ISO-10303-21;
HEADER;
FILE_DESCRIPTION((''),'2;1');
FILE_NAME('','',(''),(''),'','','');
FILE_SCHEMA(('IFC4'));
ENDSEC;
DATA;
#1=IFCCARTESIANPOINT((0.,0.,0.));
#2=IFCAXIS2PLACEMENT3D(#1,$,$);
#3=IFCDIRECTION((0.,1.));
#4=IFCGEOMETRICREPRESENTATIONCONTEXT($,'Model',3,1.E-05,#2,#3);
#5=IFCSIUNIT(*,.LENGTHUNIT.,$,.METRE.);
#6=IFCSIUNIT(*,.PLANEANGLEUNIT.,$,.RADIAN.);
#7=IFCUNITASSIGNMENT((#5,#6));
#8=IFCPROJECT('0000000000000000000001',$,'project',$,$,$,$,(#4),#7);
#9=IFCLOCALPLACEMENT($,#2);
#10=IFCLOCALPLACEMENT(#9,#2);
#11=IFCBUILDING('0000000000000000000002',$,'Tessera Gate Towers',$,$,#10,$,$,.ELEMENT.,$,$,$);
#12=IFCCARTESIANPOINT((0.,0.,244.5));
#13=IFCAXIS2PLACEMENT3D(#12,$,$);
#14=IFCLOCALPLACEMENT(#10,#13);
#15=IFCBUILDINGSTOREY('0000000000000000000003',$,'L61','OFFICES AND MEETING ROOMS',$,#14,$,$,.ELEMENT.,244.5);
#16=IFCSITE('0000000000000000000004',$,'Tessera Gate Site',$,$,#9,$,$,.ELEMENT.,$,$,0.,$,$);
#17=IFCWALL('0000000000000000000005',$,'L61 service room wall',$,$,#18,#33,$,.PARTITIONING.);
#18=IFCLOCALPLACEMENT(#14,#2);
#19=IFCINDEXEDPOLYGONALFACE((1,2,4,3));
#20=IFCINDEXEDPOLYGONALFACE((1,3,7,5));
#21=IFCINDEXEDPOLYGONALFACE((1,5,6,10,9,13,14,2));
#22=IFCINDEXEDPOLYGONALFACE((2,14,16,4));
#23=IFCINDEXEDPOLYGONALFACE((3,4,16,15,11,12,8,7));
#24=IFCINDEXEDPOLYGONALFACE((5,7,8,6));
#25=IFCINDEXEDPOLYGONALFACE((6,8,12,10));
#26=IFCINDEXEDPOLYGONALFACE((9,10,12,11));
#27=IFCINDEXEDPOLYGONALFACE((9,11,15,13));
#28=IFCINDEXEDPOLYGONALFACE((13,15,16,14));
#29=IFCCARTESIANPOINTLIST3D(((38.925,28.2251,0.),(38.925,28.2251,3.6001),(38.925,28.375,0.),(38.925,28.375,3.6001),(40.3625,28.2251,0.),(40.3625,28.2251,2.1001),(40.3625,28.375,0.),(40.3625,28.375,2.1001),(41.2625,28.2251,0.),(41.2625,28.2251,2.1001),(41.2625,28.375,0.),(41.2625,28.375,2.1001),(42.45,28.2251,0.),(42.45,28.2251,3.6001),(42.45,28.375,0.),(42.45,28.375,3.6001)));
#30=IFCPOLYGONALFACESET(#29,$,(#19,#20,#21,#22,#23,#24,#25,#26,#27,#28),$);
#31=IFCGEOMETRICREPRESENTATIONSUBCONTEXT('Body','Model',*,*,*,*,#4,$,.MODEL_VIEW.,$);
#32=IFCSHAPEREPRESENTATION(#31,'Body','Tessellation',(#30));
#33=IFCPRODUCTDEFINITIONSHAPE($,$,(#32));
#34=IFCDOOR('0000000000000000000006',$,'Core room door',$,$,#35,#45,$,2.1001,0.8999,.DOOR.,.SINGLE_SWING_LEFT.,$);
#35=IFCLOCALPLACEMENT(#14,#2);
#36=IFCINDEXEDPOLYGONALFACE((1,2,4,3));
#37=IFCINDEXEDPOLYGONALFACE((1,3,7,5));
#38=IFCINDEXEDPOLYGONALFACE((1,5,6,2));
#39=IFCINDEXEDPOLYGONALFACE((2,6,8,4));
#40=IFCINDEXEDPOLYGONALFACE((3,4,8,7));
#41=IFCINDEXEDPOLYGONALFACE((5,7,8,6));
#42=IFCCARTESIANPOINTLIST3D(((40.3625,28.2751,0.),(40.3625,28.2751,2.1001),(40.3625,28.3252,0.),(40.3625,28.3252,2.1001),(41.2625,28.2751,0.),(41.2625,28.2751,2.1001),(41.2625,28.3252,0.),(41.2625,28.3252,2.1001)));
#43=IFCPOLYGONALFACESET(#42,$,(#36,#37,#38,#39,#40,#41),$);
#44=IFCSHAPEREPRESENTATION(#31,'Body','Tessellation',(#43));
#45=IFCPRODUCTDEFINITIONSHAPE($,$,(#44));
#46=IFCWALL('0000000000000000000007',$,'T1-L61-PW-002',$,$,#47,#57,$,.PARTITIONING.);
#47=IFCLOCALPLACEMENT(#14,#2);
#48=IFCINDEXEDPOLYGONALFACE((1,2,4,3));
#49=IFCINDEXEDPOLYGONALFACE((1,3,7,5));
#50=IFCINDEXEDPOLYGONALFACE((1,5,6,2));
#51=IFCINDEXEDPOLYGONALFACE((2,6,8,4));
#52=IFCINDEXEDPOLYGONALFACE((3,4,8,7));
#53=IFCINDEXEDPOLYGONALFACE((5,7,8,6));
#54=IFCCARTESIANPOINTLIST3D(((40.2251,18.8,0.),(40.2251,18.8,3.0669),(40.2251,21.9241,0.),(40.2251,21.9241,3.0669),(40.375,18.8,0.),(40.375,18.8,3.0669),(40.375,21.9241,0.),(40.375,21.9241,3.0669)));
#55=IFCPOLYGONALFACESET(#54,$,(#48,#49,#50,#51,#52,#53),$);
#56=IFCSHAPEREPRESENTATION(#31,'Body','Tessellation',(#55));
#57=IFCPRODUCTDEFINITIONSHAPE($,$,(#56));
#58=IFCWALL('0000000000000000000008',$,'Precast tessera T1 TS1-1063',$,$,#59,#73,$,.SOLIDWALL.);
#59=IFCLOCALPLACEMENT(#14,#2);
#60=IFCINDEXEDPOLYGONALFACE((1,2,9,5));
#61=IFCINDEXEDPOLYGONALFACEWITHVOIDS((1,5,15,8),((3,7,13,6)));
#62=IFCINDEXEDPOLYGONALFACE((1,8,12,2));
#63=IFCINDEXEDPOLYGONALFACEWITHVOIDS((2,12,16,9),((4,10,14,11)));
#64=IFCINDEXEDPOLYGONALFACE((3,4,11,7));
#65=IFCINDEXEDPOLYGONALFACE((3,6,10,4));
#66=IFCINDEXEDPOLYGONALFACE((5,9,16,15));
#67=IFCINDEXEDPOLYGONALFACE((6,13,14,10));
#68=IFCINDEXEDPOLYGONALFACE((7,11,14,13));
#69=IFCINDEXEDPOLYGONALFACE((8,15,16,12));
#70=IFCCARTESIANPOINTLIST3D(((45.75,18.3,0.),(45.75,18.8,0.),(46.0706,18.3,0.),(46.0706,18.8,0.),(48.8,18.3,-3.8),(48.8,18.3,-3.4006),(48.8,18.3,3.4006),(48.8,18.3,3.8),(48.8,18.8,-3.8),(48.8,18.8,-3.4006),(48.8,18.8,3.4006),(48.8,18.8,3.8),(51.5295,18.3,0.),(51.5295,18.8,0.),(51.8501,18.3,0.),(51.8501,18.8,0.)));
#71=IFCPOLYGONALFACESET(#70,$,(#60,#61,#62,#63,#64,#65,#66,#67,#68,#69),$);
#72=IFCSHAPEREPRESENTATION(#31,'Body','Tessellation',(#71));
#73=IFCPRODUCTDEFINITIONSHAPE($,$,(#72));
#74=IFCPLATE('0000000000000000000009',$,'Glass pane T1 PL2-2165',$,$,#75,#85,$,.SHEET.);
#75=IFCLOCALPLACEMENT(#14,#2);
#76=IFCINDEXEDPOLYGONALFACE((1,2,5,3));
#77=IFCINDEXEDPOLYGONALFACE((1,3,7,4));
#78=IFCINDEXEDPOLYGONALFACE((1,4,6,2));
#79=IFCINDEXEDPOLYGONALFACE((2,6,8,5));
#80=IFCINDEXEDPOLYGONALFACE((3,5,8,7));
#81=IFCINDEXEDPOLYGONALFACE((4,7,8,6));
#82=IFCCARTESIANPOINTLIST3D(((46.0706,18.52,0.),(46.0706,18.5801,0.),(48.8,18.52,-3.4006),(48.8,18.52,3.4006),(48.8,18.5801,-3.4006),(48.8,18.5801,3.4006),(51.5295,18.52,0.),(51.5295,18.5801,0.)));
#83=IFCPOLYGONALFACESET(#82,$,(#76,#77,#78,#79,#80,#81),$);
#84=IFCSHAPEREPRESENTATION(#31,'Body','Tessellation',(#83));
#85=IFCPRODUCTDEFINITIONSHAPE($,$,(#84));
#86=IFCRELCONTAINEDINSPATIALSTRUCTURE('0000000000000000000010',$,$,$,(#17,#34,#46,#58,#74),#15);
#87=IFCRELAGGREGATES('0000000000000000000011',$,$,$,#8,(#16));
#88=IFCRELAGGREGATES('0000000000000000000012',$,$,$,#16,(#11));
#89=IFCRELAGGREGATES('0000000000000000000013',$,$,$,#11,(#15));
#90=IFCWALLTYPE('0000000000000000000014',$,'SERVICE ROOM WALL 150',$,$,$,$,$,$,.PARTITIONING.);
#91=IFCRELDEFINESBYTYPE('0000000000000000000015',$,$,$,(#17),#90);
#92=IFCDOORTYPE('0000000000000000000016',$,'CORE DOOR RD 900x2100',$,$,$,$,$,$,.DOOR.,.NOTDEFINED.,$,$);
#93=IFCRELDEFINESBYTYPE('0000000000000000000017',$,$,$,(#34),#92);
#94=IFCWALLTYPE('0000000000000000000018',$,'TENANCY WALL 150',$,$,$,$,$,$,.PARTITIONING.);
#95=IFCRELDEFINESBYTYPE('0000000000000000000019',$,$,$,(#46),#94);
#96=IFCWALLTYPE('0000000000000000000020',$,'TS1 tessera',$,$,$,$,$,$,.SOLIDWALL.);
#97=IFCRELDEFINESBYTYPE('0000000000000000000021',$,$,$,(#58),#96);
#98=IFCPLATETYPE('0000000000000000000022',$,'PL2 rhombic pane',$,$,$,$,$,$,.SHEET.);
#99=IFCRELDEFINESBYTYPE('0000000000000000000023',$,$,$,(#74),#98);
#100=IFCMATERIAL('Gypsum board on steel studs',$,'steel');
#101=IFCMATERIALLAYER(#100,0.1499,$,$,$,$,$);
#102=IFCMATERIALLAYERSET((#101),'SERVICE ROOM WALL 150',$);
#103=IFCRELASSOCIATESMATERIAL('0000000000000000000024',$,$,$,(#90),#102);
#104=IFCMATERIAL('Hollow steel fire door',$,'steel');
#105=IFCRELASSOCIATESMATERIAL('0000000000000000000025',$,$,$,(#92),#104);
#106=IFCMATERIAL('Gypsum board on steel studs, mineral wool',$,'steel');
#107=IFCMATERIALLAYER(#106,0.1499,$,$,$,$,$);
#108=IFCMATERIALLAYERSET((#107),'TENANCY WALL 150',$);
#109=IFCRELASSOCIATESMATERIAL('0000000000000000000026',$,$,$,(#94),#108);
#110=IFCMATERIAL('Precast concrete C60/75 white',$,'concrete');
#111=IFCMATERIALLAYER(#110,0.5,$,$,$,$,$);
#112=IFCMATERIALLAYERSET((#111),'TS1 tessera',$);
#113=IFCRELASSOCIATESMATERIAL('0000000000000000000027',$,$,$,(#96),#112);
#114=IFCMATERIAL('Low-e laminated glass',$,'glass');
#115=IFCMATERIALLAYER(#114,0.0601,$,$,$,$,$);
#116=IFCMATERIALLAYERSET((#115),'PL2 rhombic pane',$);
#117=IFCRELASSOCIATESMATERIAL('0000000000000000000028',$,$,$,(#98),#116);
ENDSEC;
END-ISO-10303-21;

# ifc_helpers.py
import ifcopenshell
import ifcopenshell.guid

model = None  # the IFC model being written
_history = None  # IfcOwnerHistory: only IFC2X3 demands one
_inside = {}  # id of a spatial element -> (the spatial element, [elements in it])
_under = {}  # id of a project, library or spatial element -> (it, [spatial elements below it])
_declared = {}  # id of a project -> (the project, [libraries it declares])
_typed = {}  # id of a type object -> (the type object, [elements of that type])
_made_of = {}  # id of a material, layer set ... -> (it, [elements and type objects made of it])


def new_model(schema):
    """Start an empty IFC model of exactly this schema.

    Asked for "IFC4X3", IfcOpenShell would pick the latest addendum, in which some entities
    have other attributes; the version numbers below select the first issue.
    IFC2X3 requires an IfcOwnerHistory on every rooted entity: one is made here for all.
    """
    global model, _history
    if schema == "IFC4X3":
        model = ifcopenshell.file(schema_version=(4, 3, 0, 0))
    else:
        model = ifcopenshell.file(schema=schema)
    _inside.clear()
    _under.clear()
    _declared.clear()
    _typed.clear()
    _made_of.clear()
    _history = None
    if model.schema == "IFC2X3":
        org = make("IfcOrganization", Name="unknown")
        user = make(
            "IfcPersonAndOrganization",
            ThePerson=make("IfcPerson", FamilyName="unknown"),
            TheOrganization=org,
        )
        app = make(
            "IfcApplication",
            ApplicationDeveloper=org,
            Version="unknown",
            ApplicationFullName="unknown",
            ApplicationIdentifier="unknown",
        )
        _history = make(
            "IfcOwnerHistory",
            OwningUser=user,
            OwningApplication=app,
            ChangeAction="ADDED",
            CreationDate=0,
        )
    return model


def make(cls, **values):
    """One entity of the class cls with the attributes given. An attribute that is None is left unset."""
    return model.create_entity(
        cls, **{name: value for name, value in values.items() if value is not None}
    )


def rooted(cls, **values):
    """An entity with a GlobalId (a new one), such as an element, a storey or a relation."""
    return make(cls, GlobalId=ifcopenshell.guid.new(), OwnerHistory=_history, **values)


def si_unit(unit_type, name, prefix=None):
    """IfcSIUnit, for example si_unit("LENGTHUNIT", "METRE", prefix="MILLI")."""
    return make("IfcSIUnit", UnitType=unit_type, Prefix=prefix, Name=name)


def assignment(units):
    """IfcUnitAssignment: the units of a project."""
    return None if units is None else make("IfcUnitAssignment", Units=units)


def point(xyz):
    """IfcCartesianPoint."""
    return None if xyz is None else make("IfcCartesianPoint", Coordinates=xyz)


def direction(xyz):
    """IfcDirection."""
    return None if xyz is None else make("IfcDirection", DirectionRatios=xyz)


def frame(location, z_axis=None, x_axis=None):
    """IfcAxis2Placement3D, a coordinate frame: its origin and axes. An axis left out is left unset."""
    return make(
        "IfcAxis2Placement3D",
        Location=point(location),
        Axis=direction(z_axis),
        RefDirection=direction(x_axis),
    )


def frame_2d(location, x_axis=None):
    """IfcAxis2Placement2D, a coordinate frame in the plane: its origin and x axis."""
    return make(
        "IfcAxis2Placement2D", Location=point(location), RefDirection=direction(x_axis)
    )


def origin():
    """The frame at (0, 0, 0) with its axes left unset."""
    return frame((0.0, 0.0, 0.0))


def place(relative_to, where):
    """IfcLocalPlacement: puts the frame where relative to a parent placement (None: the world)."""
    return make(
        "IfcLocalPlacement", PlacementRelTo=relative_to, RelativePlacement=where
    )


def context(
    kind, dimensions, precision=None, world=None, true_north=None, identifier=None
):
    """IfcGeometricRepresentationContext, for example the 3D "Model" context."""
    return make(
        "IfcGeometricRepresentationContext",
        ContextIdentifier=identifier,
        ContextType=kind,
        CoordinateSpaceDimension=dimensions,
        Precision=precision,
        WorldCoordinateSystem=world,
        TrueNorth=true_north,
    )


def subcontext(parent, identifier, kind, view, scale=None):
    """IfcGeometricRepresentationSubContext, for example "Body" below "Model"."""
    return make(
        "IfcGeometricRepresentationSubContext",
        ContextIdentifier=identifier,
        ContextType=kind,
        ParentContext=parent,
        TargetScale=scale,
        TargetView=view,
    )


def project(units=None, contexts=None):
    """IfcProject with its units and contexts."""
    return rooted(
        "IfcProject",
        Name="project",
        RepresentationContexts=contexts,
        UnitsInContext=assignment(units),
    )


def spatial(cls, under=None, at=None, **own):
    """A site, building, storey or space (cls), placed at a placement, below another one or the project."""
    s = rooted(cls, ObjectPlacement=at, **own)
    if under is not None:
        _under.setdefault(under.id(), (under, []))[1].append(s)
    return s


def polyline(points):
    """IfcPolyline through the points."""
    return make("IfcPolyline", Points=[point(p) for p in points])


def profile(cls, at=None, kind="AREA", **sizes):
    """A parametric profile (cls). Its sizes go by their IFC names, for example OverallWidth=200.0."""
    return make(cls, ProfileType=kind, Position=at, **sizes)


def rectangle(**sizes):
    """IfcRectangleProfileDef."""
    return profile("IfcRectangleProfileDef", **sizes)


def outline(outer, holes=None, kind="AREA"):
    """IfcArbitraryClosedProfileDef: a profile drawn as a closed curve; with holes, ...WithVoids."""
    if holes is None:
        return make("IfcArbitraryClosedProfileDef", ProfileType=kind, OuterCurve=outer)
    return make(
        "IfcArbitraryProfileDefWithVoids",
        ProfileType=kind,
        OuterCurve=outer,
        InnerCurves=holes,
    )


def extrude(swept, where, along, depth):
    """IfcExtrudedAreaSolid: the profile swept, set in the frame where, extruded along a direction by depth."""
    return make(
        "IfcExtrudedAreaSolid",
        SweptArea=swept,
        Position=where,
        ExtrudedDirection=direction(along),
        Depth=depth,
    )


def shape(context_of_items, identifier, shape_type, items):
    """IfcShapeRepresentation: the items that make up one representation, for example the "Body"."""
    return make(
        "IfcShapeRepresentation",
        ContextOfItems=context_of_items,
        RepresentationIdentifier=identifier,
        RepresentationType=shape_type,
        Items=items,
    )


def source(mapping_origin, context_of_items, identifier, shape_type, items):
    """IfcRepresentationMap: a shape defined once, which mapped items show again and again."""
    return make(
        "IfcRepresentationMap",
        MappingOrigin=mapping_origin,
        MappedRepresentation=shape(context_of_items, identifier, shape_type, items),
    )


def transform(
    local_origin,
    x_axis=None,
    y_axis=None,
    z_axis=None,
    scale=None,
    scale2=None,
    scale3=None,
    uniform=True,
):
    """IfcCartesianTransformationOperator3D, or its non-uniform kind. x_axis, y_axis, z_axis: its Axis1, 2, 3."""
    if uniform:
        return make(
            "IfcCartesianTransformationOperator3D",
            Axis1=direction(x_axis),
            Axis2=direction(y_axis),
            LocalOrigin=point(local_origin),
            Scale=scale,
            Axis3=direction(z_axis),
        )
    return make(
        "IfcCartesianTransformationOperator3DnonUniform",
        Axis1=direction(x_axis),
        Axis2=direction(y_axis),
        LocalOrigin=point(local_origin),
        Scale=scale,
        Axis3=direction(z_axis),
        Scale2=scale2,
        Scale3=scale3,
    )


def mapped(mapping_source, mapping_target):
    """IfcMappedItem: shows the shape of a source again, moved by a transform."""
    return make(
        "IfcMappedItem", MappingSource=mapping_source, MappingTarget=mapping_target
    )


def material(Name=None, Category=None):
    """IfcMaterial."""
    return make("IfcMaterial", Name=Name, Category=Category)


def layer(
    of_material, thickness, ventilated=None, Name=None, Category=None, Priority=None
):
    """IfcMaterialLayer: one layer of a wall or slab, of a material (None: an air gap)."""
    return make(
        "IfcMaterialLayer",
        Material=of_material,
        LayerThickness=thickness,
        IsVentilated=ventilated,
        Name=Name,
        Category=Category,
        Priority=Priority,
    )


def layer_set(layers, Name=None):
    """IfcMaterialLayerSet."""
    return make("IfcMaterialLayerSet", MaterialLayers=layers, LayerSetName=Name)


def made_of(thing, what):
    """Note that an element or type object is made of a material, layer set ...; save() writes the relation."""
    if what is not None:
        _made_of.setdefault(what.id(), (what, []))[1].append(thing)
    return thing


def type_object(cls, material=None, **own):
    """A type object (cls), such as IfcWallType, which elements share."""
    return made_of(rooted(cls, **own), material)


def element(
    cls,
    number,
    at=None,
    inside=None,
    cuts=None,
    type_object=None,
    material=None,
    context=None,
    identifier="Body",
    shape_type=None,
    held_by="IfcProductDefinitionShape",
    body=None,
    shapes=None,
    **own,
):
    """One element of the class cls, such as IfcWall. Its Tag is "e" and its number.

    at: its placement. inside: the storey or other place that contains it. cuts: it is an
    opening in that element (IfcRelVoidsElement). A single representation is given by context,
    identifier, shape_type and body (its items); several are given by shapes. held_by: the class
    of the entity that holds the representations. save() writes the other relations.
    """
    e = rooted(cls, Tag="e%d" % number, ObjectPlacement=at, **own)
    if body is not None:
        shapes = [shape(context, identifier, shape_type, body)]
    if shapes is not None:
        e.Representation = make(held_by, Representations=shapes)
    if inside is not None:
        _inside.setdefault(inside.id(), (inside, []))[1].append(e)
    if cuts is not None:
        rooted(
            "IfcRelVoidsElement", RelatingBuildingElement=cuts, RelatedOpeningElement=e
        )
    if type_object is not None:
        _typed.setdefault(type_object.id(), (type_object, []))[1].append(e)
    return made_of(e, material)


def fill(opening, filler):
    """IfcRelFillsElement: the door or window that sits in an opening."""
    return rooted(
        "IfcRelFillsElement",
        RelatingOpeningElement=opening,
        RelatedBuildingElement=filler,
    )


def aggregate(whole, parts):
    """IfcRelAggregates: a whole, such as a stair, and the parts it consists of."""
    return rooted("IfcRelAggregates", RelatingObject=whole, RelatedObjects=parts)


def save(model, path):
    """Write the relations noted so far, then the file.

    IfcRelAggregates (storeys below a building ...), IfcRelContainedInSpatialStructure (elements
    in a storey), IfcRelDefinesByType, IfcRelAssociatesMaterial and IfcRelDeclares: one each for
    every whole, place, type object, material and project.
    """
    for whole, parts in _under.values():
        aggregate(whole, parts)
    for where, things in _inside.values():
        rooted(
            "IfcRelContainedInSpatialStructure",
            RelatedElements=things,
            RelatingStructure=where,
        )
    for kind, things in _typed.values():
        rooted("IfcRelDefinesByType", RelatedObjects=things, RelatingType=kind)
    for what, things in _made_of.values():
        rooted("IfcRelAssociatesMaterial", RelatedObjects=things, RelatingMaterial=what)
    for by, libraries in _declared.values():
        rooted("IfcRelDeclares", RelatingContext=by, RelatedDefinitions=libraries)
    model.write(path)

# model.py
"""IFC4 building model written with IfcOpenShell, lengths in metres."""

from ifc_helpers import new_model, si_unit, direction, frame, frame_2d, origin, place, context, subcontext, project, spatial, polyline, rectangle, outline, extrude, source, transform, mapped, material, layer, layer_set, type_object, element, fill, save


model = new_model("IFC4")

# Units and contexts
model_context = context("Model", 3, precision=1e-05, world=origin(), true_north=direction((0.0, 1.0)))
body_context = subcontext(model_context, "Body", "Model", "MODEL_VIEW")
ifc_project = project(units=[si_unit("LENGTHUNIT", "METRE"), si_unit("PLANEANGLEUNIT", "RADIAN")], contexts=[model_context])

# Site, building, storey
site_placement = place(None, origin())
site = spatial("IfcSite", under=ifc_project, at=site_placement, Name="Tessera Gate Site", CompositionType="ELEMENT", RefElevation=0.0)
building_placement = place(site_placement, origin())
building = spatial("IfcBuilding", under=site, at=building_placement, Name="Tessera Gate Towers", CompositionType="ELEMENT")
storey_placement = place(building_placement, frame((0.0, 0.0, 244.5)))
storey = spatial("IfcBuildingStorey", under=building, at=storey_placement, Name="L61", Description="OFFICES AND MEETING ROOMS", CompositionType="ELEMENT", Elevation=244.5)

# Wall, opening, door
ifc_material_1 = material(Name="Gypsum board on steel studs", Category="steel")
ifc_layer_1 = layer(ifc_material_1, 0.1499)
ifc_layer_set_1 = layer_set([ifc_layer_1], Name="SERVICE ROOM WALL 150")
wall_type_1 = type_object("IfcWallType", Name="SERVICE ROOM WALL 150", PredefinedType="PARTITIONING", material=ifc_layer_set_1)
wall_1_placement = place(storey_placement, frame((42.45, 28.3, 0.0), z_axis=(0.0, 0.0, 1.0), x_axis=(-1.0, 0.0, 0.0)))
wall_1 = element("IfcWall", 1, at=wall_1_placement, inside=storey, type_object=wall_type_1, Name="L61 service room wall", PredefinedType="PARTITIONING", context=body_context, shape_type="SweptSolid", body=[
    extrude(rectangle(XDim=3.5249, YDim=0.1499, at=frame_2d((1.7625, 0.0))), origin(), (0.0, 0.0, 1.0), 3.6001),
])
shared_shape_1 = source(origin(), body_context, "Body", "SweptSolid", [
    extrude(rectangle(XDim=0.8999, YDim=2.1001, at=frame_2d((0.45, 1.05))), frame((0.0, 0.085, 0.0), z_axis=(0.0, -1.0, 0.0), x_axis=(1.0, 0.0, 0.0)), (0.0, 0.0, 1.0), 0.1699),
])
opening_1_placement = place(wall_1_placement, frame((1.1875, 0.0, 0.0)))
opening_1 = element("IfcOpeningElement", 2, at=opening_1_placement, cuts=wall_1, PredefinedType="OPENING", context=body_context, shape_type="MappedRepresentation", body=[
    mapped(shared_shape_1, transform((0.0, 0.0, 0.0), scale=1.0)),
])
ifc_material_2 = material(Name="Hollow steel fire door", Category="steel")
door_type_1 = type_object("IfcDoorType", Name="CORE DOOR RD 900x2100", OperationType="NOTDEFINED", PredefinedType="DOOR", material=ifc_material_2)
shared_shape_2 = source(origin(), body_context, "Body", "SweptSolid", [
    extrude(rectangle(XDim=0.8999, YDim=2.1001, at=frame_2d((0.45, 1.05))), frame((0.0, 0.0249, 0.0), z_axis=(0.0, -1.0, 0.0), x_axis=(1.0, 0.0, 0.0)), (0.0, 0.0, 1.0), 0.05),
])
door_1_placement = place(opening_1_placement, origin())
door_1 = element("IfcDoor", 3, at=door_1_placement, inside=storey, type_object=door_type_1, Name="Core room door", OperationType="SINGLE_SWING_LEFT", OverallHeight=2.1001, OverallWidth=0.8999, PredefinedType="DOOR", context=body_context, shape_type="MappedRepresentation", body=[
    mapped(shared_shape_2, transform((0.0, 0.0, 0.0), scale=1.0)),
])
fill(opening_1, door_1)

# Wall
ifc_material_3 = material(Name="Gypsum board on steel studs, mineral wool", Category="steel")
ifc_layer_2 = layer(ifc_material_3, 0.1499)
ifc_layer_set_2 = layer_set([ifc_layer_2], Name="TENANCY WALL 150")
wall_type_2 = type_object("IfcWallType", Name="TENANCY WALL 150", PredefinedType="PARTITIONING", material=ifc_layer_set_2)
wall_2_placement = place(storey_placement, frame((40.3, 18.8, 0.0), z_axis=(0.0, 0.0, 1.0), x_axis=(0.0, 1.0, 0.0)))
element("IfcWall", 4, at=wall_2_placement, inside=storey, type_object=wall_type_2, Name="T1-L61-PW-002", PredefinedType="PARTITIONING", context=body_context, shape_type="SweptSolid", body=[
    extrude(rectangle(XDim=3.124, YDim=0.1499, at=frame_2d((1.562, 0.0))), origin(), (0.0, 0.0, 1.0), 3.0669),
])

# Wall, opening, plate
ifc_material_4 = material(Name="Precast concrete C60/75 white", Category="concrete")
ifc_layer_3 = layer(ifc_material_4, 0.5)
ifc_layer_set_3 = layer_set([ifc_layer_3], Name="TS1 tessera")
wall_type_3 = type_object("IfcWallType", Name="TS1 tessera", PredefinedType="SOLIDWALL", material=ifc_layer_set_3)
shared_shape_3 = source(origin(), body_context, "Body", "SweptSolid", [
    extrude(outline(polyline([(3.05, 0.0), (6.1001, 3.8), (3.05, 7.6001), (0.0, 3.8), (3.05, 0.0)])), frame((0.0, 0.25, 0.0), z_axis=(0.0, -1.0, 0.0), x_axis=(1.0, 0.0, 0.0)), (0.0, 0.0, 1.0), 0.5),
])
wall_3_placement = place(storey_placement, frame((45.75, 18.55, -3.8), z_axis=(0.0, 0.0, 1.0), x_axis=(1.0, 0.0, 0.0)))
wall_3 = element("IfcWall", 5, at=wall_3_placement, inside=storey, type_object=wall_type_3, Name="Precast tessera T1 TS1-1063", PredefinedType="SOLIDWALL", context=body_context, shape_type="MappedRepresentation", body=[
    mapped(shared_shape_3, transform((0.0, 0.0, 0.0), scale=1.0)),
])
shared_shape_4 = source(origin(), body_context, "Body", "SweptSolid", [
    extrude(outline(polyline([(3.05, 0.3994), (5.7795, 3.8), (3.05, 7.2007), (0.3206, 3.8), (3.05, 0.3994)])), frame((0.0, 0.26, 0.0), z_axis=(0.0, -1.0, 0.0), x_axis=(1.0, 0.0, 0.0)), (0.0, 0.0, 1.0), 0.52),
])
opening_2_placement = place(wall_3_placement, origin())
opening_2 = element("IfcOpeningElement", 6, at=opening_2_placement, cuts=wall_3, PredefinedType="OPENING", context=body_context, shape_type="MappedRepresentation", body=[
    mapped(shared_shape_4, transform((0.0, 0.0, 0.0), scale=1.0)),
])
ifc_material_5 = material(Name="Low-e laminated glass", Category="glass")
ifc_layer_4 = layer(ifc_material_5, 0.0601)
ifc_layer_set_4 = layer_set([ifc_layer_4], Name="PL2 rhombic pane")
plate_type = type_object("IfcPlateType", Name="PL2 rhombic pane", PredefinedType="SHEET", material=ifc_layer_set_4)
shared_shape_5 = source(origin(), body_context, "Body", "SweptSolid", [
    extrude(outline(polyline([(3.05, 0.3994), (5.7795, 3.8), (3.05, 7.2007), (0.3206, 3.8), (3.05, 0.3994)])), frame((0.0, 0.03, 0.0), z_axis=(0.0, -1.0, 0.0), x_axis=(1.0, 0.0, 0.0)), (0.0, 0.0, 1.0), 0.0601),
])
plate_placement = place(opening_2_placement, origin())
plate = element("IfcPlate", 7, at=plate_placement, inside=storey, type_object=plate_type, Name="Glass pane T1 PL2-2165", PredefinedType="SHEET", context=body_context, shape_type="MappedRepresentation", body=[
    mapped(shared_shape_5, transform((0.0, 0.0, 0.0), scale=1.0)),
])
fill(opening_2, plate)

save(model, "model.ifc")
